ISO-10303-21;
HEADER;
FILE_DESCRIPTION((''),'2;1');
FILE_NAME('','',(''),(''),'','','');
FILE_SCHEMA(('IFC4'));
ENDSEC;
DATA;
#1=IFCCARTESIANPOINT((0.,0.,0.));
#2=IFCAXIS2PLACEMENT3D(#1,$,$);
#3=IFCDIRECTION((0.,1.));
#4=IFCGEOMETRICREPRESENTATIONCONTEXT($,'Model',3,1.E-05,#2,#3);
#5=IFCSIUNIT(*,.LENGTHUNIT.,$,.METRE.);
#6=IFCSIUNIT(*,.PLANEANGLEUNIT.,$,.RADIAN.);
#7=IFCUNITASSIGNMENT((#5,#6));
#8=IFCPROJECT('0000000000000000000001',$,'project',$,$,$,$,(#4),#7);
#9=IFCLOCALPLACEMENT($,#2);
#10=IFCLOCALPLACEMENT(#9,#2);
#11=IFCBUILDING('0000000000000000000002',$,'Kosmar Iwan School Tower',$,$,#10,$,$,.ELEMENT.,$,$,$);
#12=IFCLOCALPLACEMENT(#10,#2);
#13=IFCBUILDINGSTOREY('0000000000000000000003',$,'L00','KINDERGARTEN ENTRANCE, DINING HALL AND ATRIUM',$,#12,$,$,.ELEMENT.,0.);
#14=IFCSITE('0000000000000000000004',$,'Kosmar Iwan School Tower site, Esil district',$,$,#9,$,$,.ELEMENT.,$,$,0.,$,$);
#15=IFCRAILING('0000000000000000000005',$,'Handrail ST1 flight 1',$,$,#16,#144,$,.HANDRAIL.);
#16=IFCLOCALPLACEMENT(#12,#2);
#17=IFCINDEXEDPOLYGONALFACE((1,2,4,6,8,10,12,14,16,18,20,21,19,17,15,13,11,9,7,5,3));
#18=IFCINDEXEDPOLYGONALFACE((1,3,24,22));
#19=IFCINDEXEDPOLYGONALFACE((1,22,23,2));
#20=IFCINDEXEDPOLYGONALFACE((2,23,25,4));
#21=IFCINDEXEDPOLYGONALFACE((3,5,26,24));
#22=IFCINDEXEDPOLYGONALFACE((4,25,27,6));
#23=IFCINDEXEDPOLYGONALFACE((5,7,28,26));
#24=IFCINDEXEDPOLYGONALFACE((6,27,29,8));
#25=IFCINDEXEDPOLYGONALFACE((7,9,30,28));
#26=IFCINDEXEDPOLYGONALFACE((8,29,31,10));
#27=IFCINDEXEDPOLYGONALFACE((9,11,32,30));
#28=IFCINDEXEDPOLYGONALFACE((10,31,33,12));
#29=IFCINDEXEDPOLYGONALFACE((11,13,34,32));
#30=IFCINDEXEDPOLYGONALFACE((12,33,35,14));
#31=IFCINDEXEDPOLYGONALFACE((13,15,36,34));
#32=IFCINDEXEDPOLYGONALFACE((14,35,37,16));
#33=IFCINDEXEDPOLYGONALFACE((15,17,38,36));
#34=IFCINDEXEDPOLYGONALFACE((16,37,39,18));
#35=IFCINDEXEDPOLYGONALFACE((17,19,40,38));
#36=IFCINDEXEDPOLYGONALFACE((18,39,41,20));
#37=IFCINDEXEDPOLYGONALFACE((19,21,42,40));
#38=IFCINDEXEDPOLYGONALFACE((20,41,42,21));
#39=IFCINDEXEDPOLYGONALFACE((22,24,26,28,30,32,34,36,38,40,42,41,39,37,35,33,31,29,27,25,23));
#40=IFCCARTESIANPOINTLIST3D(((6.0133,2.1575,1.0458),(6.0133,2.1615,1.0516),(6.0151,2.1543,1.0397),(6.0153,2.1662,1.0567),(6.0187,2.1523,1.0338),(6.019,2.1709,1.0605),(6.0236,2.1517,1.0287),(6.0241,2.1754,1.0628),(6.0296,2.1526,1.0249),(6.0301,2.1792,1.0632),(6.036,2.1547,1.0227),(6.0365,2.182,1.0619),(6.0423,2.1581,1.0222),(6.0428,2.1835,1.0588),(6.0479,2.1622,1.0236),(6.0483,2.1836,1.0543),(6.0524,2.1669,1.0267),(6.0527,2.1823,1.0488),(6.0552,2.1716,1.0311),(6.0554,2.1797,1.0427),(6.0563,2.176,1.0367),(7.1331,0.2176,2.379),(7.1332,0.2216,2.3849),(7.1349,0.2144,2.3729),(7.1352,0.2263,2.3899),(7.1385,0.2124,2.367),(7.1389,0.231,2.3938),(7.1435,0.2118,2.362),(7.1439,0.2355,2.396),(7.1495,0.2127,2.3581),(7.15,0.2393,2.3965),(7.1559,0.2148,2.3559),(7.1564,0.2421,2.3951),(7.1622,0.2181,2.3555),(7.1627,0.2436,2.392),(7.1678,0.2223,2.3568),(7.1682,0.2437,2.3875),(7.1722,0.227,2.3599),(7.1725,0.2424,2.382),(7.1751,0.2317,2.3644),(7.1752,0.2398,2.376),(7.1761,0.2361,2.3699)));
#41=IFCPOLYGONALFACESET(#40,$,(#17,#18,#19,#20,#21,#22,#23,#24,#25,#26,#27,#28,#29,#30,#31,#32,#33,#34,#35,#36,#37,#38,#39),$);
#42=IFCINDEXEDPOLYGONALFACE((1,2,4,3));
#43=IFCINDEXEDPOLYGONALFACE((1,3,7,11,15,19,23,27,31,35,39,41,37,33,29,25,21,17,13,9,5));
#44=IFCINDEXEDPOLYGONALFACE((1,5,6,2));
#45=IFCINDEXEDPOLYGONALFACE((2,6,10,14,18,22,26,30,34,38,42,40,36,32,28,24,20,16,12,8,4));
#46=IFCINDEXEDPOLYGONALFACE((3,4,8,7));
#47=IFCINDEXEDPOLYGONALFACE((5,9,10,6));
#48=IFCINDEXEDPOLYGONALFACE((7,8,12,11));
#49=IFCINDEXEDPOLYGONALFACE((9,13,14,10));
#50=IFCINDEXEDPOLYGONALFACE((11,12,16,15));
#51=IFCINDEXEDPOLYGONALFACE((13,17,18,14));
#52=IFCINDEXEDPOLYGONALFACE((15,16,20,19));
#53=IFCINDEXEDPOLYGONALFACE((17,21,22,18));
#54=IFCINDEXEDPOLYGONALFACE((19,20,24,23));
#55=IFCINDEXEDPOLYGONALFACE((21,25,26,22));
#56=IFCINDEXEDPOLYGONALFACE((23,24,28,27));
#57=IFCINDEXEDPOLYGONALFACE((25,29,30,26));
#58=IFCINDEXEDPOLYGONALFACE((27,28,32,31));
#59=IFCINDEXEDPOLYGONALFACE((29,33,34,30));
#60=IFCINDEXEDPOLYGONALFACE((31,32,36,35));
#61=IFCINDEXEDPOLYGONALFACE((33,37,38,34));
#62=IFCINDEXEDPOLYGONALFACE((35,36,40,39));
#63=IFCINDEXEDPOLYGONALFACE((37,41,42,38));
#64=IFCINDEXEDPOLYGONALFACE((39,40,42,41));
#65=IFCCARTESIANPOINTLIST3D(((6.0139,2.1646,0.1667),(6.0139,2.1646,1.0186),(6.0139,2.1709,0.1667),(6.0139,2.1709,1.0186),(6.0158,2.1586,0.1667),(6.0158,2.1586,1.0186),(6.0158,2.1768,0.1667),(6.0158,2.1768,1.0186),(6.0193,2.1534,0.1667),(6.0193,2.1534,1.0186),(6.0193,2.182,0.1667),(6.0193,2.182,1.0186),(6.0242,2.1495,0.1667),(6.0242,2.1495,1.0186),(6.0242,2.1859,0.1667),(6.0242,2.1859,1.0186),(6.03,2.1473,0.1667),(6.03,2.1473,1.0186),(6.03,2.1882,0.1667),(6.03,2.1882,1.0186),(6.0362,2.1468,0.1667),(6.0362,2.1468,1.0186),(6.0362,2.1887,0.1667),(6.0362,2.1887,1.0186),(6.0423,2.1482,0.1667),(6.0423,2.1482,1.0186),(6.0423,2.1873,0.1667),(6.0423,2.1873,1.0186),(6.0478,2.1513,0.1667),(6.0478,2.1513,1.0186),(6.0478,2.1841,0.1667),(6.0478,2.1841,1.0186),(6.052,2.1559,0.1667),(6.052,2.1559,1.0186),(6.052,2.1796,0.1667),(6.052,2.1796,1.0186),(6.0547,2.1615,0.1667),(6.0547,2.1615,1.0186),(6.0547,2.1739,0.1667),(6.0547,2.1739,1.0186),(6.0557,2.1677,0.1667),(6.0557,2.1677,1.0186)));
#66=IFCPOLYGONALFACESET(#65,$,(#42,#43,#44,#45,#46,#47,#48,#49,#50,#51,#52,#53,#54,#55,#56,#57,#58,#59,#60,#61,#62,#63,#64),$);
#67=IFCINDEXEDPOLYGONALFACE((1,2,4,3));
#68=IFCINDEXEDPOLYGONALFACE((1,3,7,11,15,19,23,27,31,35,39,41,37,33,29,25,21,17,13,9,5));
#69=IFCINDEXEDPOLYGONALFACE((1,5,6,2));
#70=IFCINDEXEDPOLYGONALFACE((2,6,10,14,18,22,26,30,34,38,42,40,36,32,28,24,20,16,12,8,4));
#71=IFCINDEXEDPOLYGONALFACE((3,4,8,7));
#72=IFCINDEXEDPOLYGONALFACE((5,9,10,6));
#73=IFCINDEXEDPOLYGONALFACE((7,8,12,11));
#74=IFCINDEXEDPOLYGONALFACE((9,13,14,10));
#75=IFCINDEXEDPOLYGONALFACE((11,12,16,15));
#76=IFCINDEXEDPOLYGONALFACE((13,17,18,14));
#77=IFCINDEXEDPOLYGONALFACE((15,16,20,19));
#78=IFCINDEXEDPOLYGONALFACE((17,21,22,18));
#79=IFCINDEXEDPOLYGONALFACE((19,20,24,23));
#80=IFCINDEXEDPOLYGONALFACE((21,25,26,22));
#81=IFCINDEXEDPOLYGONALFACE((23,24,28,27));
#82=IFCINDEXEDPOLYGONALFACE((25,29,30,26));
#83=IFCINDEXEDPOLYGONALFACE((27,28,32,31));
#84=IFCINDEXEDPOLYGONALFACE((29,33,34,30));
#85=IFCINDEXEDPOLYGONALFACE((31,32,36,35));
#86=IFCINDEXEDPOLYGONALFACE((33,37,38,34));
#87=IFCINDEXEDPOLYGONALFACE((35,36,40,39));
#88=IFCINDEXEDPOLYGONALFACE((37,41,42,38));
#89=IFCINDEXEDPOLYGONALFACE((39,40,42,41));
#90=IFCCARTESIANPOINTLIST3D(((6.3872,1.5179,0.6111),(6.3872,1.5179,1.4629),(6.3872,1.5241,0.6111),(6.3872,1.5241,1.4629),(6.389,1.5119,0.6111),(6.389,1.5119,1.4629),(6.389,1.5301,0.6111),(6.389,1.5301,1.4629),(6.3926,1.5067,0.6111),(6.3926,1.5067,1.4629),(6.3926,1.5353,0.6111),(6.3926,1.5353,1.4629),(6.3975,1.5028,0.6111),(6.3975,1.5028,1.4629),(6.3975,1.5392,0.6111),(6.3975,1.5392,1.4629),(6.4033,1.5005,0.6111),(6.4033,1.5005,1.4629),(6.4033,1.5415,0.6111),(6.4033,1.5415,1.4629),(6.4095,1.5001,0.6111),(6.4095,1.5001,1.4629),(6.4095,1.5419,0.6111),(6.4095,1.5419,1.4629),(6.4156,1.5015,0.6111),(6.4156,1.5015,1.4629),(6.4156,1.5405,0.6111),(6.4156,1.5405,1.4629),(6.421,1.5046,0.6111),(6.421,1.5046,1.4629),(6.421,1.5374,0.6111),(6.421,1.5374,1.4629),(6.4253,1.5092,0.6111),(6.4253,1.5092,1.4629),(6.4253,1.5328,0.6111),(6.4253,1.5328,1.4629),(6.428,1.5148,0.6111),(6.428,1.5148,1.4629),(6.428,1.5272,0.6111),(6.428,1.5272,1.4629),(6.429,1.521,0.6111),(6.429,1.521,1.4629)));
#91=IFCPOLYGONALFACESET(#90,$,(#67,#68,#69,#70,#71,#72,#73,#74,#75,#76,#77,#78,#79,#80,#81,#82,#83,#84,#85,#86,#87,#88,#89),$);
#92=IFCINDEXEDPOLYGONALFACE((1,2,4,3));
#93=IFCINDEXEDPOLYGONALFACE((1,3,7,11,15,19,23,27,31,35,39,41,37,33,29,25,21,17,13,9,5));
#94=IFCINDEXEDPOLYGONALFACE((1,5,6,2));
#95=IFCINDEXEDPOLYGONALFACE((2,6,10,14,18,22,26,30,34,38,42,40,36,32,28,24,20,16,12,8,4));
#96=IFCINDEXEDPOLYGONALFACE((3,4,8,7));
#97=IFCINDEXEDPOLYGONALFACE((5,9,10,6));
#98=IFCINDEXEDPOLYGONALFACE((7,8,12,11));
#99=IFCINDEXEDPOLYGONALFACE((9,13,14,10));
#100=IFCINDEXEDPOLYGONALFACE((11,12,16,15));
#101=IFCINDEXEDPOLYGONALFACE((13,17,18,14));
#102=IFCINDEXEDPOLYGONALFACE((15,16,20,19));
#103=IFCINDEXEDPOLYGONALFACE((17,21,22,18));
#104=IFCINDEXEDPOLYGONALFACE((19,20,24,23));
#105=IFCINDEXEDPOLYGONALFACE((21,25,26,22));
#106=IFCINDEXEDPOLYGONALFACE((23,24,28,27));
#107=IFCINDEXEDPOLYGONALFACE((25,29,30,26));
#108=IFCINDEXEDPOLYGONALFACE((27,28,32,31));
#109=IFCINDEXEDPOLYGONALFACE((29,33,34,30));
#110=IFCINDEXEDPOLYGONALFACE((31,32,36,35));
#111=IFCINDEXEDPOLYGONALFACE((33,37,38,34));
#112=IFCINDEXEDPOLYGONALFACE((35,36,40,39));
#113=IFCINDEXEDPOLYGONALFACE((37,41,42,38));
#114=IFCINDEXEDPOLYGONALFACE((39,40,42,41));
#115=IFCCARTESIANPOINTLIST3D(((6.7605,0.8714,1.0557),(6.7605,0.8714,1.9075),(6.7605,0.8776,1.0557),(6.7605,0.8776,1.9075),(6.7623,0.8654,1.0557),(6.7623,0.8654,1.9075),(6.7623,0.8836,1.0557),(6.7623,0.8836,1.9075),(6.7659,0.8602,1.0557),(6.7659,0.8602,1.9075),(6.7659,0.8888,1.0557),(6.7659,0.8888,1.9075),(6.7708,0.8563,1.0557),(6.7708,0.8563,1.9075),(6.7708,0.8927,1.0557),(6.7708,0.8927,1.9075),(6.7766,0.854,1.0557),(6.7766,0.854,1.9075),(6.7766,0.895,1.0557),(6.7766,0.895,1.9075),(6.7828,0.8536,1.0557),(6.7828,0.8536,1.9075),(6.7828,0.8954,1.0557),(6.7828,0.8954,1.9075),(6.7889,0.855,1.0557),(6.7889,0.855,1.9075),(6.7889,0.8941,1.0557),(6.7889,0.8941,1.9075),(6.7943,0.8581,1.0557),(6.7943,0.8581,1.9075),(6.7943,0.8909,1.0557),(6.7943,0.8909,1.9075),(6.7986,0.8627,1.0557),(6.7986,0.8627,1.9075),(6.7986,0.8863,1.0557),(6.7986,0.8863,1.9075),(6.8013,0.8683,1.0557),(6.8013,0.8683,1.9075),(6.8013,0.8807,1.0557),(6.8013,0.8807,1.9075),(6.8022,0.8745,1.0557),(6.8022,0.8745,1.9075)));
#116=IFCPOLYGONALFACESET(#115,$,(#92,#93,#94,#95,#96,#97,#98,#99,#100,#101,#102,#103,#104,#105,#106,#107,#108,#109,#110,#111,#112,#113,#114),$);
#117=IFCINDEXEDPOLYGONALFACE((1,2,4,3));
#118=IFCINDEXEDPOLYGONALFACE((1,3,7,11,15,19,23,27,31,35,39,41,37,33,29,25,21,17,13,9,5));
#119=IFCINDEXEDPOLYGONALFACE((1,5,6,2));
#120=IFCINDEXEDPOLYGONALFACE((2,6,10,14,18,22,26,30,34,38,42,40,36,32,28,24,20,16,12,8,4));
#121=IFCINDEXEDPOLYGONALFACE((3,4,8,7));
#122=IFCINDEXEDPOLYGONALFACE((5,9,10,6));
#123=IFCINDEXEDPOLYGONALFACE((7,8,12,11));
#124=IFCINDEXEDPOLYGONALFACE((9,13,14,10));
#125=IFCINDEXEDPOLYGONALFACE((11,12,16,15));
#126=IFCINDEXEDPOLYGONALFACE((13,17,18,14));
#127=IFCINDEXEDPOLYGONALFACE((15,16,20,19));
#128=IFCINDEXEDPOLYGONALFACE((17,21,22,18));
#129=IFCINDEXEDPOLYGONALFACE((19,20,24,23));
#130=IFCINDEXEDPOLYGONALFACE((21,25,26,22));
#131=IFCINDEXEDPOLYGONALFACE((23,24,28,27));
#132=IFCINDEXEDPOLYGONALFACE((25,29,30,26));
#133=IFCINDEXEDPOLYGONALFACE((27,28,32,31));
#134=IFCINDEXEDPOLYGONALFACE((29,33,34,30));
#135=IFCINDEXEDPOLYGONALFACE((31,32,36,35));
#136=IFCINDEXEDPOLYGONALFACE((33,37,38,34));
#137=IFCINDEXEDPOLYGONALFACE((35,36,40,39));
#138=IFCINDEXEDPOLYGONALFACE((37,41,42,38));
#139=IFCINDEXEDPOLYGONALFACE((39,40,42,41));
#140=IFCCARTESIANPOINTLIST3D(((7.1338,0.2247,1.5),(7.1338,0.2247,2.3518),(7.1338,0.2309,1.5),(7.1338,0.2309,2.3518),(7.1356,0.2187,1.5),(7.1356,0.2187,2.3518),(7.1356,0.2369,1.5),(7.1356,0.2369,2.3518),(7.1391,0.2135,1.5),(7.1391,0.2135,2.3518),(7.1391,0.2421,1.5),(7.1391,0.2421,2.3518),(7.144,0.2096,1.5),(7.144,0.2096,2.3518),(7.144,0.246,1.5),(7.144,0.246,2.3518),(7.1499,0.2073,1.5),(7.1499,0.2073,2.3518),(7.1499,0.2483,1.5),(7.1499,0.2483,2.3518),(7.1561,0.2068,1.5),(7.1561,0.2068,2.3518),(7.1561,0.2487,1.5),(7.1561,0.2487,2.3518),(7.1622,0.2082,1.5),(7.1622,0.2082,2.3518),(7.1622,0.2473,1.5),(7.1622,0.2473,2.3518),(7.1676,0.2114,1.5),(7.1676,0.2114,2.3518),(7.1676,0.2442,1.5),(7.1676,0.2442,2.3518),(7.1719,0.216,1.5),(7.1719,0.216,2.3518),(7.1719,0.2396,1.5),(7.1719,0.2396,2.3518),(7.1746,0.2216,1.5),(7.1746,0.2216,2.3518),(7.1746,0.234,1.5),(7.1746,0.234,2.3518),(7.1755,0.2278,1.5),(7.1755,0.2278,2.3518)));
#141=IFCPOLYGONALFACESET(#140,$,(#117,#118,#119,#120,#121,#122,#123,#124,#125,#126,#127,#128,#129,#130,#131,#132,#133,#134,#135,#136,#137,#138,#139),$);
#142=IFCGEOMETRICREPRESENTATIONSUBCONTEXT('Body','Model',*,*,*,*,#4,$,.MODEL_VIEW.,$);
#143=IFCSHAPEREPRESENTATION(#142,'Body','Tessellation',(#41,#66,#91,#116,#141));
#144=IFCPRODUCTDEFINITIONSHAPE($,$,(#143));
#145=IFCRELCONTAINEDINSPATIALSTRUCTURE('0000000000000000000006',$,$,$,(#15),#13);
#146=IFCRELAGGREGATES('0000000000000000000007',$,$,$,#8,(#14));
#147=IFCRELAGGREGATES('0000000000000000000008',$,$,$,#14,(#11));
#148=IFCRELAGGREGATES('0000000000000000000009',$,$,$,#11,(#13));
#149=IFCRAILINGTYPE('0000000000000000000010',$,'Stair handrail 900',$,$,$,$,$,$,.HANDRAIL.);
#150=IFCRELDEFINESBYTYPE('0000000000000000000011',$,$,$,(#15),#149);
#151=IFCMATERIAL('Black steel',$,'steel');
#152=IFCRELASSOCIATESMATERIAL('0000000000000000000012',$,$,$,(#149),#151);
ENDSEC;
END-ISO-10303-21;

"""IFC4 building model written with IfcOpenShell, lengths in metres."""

from ifc_helpers import new_model, si_unit, direction, frame, origin, origin_2d, place, context, subcontext, project, spatial, circle, extrude, material, type_object, element, save


model = new_model("IFC4")

# Units and contexts
model_context = context("Model", 3, precision=1e-05, world=origin(), true_north=direction((0.0, 1.0)))
body_context = subcontext(model_context, "Body", "Model", "MODEL_VIEW")
ifc_project = project(units=[si_unit("LENGTHUNIT", "METRE"), si_unit("PLANEANGLEUNIT", "RADIAN")], contexts=[model_context])

# Site, building, storey
site_placement = place(None, origin())
site = spatial("IfcSite", under=ifc_project, at=site_placement, Name="Kosmar Iwan School Tower site, Esil district", CompositionType="ELEMENT", RefElevation=0.0)
building_placement = place(site_placement, origin())
building = spatial("IfcBuilding", under=site, at=building_placement, Name="Kosmar Iwan School Tower", CompositionType="ELEMENT")
storey_placement = place(building_placement, origin())
storey = spatial("IfcBuildingStorey", under=building, at=storey_placement, Name="L00", Description="KINDERGARTEN ENTRANCE, DINING HALL AND ATRIUM", CompositionType="ELEMENT", Elevation=0.0)

# Railing
ifc_material_1 = material(Name="Black steel", Category="steel")
railing_type = type_object("IfcRailingType", Name="Stair handrail 900", PredefinedType="HANDRAIL", material=ifc_material_1)
railing_1_placement = place(storey_placement, frame((6.0347, 2.1677, 0.1667)))
element("IfcRailing", 1, at=railing_1_placement, inside=storey, type_object=railing_type, Name="Handrail ST1 flight 1", PredefinedType="HANDRAIL", context=body_context, shape_type="SweptSolid", body=[
    extrude(circle(Radius=0.0239, at=origin_2d()), frame((0.0, 0.0, 0.876), z_axis=(0.429608, -0.744205, 0.511465), x_axis=(0.866055, 0.499949, 0.0)), (0.0, 0.0, 1.0), 2.6067),
    extrude(circle(Radius=0.021, at=origin_2d()), origin(), (0.0, 0.0, 1.0), 0.8518),
    extrude(circle(Radius=0.021, at=origin_2d()), frame((0.3733, -0.6467, 0.4443)), (0.0, 0.0, 1.0), 0.8518),
    extrude(circle(Radius=0.021, at=origin_2d()), frame((0.7466, -1.2932, 0.8889)), (0.0, 0.0, 1.0), 0.8518),
    extrude(circle(Radius=0.021, at=origin_2d()), frame((1.1199, -1.9399, 1.3333)), (0.0, 0.0, 1.0), 0.8518),
])

save(model, "model.ifc")
